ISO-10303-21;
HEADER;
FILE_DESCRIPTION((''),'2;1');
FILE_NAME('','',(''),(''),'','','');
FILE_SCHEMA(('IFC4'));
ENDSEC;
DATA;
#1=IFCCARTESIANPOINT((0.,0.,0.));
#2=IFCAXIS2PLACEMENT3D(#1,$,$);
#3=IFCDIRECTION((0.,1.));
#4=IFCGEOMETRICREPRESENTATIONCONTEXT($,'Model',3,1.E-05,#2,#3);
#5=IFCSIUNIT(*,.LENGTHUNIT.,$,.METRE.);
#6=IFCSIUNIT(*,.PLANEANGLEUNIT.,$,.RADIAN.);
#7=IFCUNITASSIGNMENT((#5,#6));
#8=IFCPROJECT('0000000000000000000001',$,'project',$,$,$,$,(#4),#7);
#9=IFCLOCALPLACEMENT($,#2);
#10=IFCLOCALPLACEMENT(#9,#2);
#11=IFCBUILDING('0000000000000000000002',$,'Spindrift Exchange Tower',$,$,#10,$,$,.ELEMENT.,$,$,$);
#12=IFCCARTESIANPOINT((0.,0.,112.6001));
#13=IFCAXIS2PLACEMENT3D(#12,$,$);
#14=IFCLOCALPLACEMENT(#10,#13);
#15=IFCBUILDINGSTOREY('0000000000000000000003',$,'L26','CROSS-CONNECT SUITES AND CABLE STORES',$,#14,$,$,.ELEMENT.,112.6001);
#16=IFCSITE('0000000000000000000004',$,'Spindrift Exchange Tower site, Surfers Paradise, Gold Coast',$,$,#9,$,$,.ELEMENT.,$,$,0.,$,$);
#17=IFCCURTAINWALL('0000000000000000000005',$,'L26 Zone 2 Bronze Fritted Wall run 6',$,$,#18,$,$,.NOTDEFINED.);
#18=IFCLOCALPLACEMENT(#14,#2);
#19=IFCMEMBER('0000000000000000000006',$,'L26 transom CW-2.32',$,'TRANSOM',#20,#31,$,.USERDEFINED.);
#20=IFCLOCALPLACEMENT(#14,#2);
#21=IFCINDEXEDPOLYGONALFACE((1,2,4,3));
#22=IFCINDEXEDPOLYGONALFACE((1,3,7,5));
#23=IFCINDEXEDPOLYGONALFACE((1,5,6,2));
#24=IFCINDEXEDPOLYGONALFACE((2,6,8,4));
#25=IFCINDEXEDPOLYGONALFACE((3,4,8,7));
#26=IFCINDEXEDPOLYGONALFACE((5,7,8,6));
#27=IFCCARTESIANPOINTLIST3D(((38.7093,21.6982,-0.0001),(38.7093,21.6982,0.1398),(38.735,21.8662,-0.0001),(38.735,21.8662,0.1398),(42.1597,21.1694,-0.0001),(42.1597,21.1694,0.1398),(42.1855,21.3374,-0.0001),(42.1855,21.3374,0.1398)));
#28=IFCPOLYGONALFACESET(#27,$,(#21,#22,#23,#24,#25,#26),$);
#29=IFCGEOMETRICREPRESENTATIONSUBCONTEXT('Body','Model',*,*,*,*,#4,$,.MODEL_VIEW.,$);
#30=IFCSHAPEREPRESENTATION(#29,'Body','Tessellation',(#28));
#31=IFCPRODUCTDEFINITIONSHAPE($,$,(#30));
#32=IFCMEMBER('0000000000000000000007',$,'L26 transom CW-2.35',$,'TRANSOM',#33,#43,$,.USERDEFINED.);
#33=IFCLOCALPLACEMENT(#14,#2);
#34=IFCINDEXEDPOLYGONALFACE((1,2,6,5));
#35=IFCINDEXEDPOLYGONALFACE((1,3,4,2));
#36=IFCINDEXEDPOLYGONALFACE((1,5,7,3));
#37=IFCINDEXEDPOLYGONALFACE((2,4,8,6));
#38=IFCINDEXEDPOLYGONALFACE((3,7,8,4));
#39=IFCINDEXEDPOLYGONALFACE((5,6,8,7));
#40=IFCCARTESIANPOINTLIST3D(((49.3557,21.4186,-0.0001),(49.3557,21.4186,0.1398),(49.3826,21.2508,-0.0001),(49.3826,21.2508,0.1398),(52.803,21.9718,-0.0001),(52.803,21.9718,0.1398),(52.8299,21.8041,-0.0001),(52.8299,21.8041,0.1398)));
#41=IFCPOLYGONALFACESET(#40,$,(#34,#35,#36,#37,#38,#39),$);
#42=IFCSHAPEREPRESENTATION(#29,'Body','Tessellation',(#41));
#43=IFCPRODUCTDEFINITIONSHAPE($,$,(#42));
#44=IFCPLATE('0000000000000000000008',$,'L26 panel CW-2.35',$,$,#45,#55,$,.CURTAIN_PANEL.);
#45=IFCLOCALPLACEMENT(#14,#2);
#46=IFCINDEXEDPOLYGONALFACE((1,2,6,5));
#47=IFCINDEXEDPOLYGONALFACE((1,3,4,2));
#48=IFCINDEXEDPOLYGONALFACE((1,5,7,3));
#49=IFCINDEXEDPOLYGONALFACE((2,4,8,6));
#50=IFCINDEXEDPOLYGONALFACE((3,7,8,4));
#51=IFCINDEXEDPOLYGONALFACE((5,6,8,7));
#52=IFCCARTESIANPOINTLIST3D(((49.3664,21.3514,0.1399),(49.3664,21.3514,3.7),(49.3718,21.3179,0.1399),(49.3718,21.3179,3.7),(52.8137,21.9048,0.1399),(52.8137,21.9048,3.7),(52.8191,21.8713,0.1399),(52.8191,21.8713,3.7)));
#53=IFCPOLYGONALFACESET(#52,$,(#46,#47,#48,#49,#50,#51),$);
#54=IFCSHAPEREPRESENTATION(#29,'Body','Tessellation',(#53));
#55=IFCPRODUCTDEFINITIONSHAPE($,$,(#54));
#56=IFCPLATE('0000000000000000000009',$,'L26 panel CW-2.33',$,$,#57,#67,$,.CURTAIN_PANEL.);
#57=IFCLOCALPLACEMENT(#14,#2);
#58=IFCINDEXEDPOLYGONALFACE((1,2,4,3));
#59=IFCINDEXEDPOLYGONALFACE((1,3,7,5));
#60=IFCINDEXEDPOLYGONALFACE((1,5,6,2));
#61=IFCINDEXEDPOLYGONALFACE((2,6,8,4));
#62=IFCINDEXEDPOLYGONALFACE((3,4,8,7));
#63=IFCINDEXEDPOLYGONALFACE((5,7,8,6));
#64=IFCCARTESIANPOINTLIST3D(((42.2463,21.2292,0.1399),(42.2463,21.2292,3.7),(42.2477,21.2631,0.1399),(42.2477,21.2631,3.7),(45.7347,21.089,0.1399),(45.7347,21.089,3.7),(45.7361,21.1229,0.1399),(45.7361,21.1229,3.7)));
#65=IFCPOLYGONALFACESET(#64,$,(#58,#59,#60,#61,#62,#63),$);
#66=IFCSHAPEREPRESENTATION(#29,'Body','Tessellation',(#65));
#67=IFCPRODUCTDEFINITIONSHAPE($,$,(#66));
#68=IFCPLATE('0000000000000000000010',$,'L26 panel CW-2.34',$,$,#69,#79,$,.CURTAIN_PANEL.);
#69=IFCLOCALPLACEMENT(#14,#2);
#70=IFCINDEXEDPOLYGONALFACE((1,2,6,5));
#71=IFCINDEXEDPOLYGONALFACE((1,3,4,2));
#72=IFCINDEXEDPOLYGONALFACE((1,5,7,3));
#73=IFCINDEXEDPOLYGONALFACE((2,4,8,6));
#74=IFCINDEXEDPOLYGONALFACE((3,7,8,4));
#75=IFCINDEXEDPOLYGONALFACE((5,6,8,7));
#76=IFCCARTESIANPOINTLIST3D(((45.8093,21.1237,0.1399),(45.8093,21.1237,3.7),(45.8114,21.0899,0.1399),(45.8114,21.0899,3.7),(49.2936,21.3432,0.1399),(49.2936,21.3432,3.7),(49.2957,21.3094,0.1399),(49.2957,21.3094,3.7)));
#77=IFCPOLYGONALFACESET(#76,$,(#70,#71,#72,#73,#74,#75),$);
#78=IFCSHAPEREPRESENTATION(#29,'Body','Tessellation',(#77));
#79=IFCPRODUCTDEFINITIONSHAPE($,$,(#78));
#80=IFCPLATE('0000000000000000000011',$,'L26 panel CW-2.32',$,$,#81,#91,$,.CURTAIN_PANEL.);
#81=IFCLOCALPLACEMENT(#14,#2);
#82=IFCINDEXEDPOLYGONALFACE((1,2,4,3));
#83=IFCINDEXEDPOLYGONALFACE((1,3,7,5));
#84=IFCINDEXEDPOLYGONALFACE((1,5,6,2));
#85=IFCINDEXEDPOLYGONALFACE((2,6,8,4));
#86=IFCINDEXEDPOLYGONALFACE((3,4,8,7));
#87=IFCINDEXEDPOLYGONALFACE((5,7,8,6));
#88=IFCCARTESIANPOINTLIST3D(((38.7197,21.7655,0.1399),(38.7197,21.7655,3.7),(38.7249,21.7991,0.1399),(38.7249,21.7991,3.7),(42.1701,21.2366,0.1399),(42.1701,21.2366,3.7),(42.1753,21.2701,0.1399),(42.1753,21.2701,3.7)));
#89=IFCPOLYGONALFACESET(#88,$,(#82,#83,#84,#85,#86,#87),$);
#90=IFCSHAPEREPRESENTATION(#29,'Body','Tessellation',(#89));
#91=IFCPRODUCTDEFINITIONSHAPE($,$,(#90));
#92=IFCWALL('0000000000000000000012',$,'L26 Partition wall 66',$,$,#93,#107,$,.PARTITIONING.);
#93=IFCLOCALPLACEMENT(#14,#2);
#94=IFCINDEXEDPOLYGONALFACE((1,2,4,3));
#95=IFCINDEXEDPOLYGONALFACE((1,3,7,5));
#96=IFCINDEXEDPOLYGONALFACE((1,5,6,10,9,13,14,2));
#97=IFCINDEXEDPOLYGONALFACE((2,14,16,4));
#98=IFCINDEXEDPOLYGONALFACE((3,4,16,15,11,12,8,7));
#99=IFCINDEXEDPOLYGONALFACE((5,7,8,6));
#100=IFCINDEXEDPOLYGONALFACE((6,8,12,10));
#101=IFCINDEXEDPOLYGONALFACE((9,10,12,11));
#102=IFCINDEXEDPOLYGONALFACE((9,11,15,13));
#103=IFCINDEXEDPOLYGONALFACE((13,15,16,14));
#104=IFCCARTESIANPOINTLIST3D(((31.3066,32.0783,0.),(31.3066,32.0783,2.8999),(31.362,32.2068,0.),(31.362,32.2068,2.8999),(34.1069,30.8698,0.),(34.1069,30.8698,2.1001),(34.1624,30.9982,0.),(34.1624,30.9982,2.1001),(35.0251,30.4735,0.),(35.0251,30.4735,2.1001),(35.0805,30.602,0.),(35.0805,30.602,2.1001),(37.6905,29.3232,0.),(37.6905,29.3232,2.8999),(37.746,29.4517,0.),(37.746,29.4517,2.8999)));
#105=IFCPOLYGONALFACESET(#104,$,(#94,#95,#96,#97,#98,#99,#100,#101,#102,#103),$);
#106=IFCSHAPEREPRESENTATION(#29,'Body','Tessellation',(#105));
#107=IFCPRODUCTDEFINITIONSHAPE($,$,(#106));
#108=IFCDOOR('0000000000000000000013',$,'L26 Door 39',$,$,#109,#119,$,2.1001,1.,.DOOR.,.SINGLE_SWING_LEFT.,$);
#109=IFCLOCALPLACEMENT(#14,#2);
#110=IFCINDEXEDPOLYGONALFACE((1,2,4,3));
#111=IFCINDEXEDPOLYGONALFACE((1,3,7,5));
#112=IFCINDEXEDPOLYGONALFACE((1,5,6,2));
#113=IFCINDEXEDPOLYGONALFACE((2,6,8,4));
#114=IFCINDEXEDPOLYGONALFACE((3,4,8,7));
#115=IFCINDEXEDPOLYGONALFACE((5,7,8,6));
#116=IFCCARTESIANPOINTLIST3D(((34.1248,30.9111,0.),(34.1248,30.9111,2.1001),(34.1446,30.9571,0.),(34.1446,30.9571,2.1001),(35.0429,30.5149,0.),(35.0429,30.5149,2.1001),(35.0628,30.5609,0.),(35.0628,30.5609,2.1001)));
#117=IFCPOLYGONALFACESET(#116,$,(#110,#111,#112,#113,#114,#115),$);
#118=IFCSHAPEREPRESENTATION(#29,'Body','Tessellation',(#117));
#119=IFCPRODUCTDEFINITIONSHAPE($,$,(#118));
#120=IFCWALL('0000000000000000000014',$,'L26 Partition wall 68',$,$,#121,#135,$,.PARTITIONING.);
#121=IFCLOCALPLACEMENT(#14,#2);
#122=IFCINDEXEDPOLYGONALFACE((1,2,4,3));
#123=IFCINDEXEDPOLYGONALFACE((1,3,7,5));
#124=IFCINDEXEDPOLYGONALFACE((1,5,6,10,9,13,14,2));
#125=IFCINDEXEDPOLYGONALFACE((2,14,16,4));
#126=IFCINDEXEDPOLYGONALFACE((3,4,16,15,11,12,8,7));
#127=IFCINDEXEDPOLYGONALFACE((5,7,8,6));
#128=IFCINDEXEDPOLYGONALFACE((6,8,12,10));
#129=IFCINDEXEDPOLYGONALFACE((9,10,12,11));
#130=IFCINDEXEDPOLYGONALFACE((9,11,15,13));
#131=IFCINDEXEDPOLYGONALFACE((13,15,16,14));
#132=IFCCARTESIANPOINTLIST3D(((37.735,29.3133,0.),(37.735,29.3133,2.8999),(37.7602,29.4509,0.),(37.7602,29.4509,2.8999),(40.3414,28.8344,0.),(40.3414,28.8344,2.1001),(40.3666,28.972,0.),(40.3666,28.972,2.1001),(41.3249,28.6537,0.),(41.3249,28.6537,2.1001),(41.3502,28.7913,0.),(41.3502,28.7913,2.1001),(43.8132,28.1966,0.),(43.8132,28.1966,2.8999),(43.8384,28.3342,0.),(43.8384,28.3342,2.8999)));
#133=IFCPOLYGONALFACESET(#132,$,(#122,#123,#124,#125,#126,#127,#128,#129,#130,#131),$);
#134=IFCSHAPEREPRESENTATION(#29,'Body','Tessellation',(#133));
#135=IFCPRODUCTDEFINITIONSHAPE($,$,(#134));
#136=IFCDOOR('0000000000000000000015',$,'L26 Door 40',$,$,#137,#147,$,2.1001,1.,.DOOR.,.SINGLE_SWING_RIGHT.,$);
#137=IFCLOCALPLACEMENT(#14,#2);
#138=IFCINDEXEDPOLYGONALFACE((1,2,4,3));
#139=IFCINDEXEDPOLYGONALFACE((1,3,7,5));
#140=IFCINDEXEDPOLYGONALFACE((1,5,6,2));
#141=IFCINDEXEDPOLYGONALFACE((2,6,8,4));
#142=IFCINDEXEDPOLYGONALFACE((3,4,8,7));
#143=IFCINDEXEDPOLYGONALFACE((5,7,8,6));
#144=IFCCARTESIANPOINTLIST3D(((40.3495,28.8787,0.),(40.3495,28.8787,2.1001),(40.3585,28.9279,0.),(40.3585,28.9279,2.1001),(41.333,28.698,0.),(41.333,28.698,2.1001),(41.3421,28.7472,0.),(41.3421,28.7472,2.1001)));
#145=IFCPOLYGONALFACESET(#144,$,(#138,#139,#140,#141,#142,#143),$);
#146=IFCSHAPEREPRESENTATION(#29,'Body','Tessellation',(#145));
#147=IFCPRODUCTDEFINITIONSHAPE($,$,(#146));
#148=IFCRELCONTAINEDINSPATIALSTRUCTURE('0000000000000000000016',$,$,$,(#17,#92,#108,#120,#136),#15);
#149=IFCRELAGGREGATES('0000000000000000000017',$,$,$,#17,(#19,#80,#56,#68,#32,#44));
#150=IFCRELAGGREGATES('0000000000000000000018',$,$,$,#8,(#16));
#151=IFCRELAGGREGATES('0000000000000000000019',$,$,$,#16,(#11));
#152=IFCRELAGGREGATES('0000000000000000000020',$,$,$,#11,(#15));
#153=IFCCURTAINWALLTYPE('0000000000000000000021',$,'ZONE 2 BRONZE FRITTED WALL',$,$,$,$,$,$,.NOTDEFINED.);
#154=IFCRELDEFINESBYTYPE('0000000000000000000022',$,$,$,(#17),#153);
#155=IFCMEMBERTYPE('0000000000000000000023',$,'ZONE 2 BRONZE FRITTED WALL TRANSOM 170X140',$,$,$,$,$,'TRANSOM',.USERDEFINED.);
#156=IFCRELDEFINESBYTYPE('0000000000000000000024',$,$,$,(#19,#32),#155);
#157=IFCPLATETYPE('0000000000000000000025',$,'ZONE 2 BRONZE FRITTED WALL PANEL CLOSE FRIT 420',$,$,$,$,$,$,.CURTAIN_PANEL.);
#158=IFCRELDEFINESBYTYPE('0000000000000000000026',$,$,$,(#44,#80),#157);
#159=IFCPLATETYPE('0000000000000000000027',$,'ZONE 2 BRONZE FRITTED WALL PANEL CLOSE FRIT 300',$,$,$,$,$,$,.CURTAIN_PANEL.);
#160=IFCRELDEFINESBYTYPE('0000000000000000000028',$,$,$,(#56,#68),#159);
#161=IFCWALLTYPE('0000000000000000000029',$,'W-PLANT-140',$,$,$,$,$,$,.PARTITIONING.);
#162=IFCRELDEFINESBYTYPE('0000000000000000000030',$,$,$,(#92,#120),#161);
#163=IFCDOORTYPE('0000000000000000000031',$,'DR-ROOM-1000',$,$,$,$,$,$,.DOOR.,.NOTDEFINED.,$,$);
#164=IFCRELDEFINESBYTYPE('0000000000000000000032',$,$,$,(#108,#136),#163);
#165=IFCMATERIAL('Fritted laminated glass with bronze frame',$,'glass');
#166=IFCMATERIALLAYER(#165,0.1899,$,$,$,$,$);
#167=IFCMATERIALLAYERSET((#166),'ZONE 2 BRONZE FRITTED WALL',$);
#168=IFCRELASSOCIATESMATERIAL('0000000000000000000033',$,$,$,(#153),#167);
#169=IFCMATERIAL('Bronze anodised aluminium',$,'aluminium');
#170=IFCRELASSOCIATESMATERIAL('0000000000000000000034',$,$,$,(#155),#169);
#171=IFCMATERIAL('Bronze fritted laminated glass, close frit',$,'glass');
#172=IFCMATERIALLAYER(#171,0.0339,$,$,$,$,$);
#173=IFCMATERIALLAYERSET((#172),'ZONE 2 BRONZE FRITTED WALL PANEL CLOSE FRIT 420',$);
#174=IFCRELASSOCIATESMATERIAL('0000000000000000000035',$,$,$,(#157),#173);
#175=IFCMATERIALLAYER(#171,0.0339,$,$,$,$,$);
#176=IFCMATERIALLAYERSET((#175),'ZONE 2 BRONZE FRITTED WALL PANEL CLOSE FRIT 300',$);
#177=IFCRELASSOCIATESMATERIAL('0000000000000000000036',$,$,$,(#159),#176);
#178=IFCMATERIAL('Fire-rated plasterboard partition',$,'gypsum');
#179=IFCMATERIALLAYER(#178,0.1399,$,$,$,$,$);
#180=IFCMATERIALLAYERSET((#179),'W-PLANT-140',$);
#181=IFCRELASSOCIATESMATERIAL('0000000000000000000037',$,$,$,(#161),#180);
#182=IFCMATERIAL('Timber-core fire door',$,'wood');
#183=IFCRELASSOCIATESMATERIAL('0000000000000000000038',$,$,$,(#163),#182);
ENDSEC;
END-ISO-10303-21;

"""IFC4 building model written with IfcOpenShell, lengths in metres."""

from ifc_helpers import new_model, si_unit, direction, frame, frame_2d, origin, origin_2d, place, context, subcontext, project, spatial, rectangle, extrude, source, transform, mapped, material, layer, layer_set, material_profile, profile_set, type_object, element, fill, aggregate, save


model = new_model("IFC4")

# Units and contexts
model_context = context("Model", 3, precision=1e-05, world=origin(), true_north=direction((0.0, 1.0)))
body_context = subcontext(model_context, "Body", "Model", "MODEL_VIEW")
ifc_project = project(units=[si_unit("LENGTHUNIT", "METRE"), si_unit("PLANEANGLEUNIT", "RADIAN")], contexts=[model_context])

# Site, building, storey
site_placement = place(None, origin())
site = spatial("IfcSite", under=ifc_project, at=site_placement, Name="Spindrift Exchange Tower site, Surfers Paradise, Gold Coast", CompositionType="ELEMENT", RefElevation=0.0)
building_placement = place(site_placement, origin())
building = spatial("IfcBuilding", under=site, at=building_placement, Name="Spindrift Exchange Tower", CompositionType="ELEMENT")
storey_placement = place(building_placement, frame((0.0, 0.0, 112.6001)))
storey = spatial("IfcBuildingStorey", under=building, at=storey_placement, Name="L26", Description="CROSS-CONNECT SUITES AND CABLE STORES", CompositionType="ELEMENT", Elevation=112.6001)

# Curtain wall, members, plates
ifc_material_1 = material(Name="Fritted laminated glass with bronze frame", Category="glass")
ifc_layer_1 = layer(ifc_material_1, 0.1899)
ifc_layer_set_1 = layer_set([ifc_layer_1], Name="ZONE 2 BRONZE FRITTED WALL")
curtain_wall_type = type_object("IfcCurtainWallType", Name="ZONE 2 BRONZE FRITTED WALL", PredefinedType="NOTDEFINED", material=ifc_layer_set_1)
curtain_wall_placement = place(storey_placement, origin())
curtain_wall = element("IfcCurtainWall", 1, at=curtain_wall_placement, inside=storey, type_object=curtain_wall_type, Name="L26 Zone 2 Bronze Fritted Wall run 6", PredefinedType="NOTDEFINED")
ifc_material_2 = material(Name="Bronze anodised aluminium", Category="aluminium")
ifc_material_profile_1 = material_profile(ifc_material_2, rectangle(XDim=0.1699, YDim=0.1399, at=origin_2d()), Name="ZONE 2 BRONZE FRITTED WALL TRANSOM 170X140")
ifc_profile_set_1 = profile_set([ifc_material_profile_1], Name="Bronze anodised aluminium")
member_type_1 = type_object("IfcMemberType", Name="ZONE 2 BRONZE FRITTED WALL TRANSOM 170X140", ElementType="TRANSOM", PredefinedType="USERDEFINED", material=ifc_profile_set_1)
shared_shape_1 = source(origin(), body_context, "Body", "SweptSolid", [
    extrude(rectangle(XDim=0.1699, YDim=0.1399, at=origin_2d()), origin(), (0.0, 0.0, 1.0), 3.4907),
])
member_1_placement = place(storey_placement, frame((38.7222, 21.7822, 0.0698), z_axis=(0.988459, -0.15149, 0.0), x_axis=(0.15149, 0.988459, 0.0)))
member_1 = element("IfcMember", 2, at=member_1_placement, type_object=member_type_1, Name="L26 transom CW-2.32", ObjectType="TRANSOM", PredefinedType="USERDEFINED", context=body_context, shape_type="MappedRepresentation", body=[
    mapped(shared_shape_1, transform((0.0, 0.0, 0.0), scale=1.0)),
])
shared_shape_2 = source(origin(), body_context, "Body", "SweptSolid", [
    extrude(rectangle(XDim=0.1699, YDim=0.1399, at=origin_2d()), origin(), (0.0, 0.0, 1.0), 3.4915),
])
member_2_placement = place(storey_placement, frame((49.3691, 21.3347, 0.0698), z_axis=(0.987366, 0.158454, 0.0), x_axis=(-0.158454, 0.987366, 0.0)))
member_2 = element("IfcMember", 3, at=member_2_placement, type_object=member_type_1, Name="L26 transom CW-2.35", ObjectType="TRANSOM", PredefinedType="USERDEFINED", context=body_context, shape_type="MappedRepresentation", body=[
    mapped(shared_shape_2, transform((0.0, 0.0, 0.0), scale=1.0)),
])
ifc_material_3 = material(Name="Bronze fritted laminated glass, close frit", Category="glass")
ifc_layer_2 = layer(ifc_material_3, 0.0339)
ifc_layer_set_2 = layer_set([ifc_layer_2], Name="ZONE 2 BRONZE FRITTED WALL PANEL CLOSE FRIT 420")
plate_type_1 = type_object("IfcPlateType", Name="ZONE 2 BRONZE FRITTED WALL PANEL CLOSE FRIT 420", PredefinedType="CURTAIN_PANEL", material=ifc_layer_set_2)
shared_shape_3 = source(origin(), body_context, "Body", "SweptSolid", [
    extrude(rectangle(XDim=3.4915, YDim=0.0339, at=origin_2d()), origin(), (0.0, 0.0, 1.0), 3.5601),
])
plate_1_placement = place(storey_placement, frame((51.0928, 21.6113, 0.1399), z_axis=(0.0, 0.0, 1.0), x_axis=(0.987359, 0.158503, 0.0)))
plate_1 = element("IfcPlate", 4, at=plate_1_placement, type_object=plate_type_1, Name="L26 panel CW-2.35", PredefinedType="CURTAIN_PANEL", context=body_context, shape_type="MappedRepresentation", body=[
    mapped(shared_shape_3, transform((0.0, 0.0, 0.0), scale=1.0)),
])
ifc_layer_3 = layer(ifc_material_3, 0.0339)
ifc_layer_set_3 = layer_set([ifc_layer_3], Name="ZONE 2 BRONZE FRITTED WALL PANEL CLOSE FRIT 300")
plate_type_2 = type_object("IfcPlateType", Name="ZONE 2 BRONZE FRITTED WALL PANEL CLOSE FRIT 300", PredefinedType="CURTAIN_PANEL", material=ifc_layer_set_3)
shared_shape_4 = source(origin(), body_context, "Body", "SweptSolid", [
    extrude(rectangle(XDim=3.4912, YDim=0.0339, at=origin_2d()), origin(), (0.0, 0.0, 1.0), 3.5601),
])
plate_2_placement = place(storey_placement, frame((43.9912, 21.176, 0.1399), z_axis=(0.0, 0.0, 1.0), x_axis=(0.999193, -0.040156, 0.0)))
plate_2 = element("IfcPlate", 5, at=plate_2_placement, type_object=plate_type_2, Name="L26 panel CW-2.33", PredefinedType="CURTAIN_PANEL", context=body_context, shape_type="MappedRepresentation", body=[
    mapped(shared_shape_4, transform((0.0, 0.0, 0.0), scale=1.0)),
])
plate_3_placement = place(storey_placement, frame((47.5525, 21.2166, 0.1399), z_axis=(0.0, 0.0, 1.0), x_axis=(0.998022, 0.062867, 0.0)))
plate_3 = element("IfcPlate", 6, at=plate_3_placement, type_object=plate_type_2, Name="L26 panel CW-2.34", PredefinedType="CURTAIN_PANEL", context=body_context, shape_type="MappedRepresentation", body=[
    mapped(shared_shape_4, transform((0.0, 0.0, 0.0), scale=1.0)),
])
shared_shape_5 = source(origin(), body_context, "Body", "SweptSolid", [
    extrude(rectangle(XDim=3.4907, YDim=0.0339, at=origin_2d()), origin(), (0.0, 0.0, 1.0), 3.5601),
])
plate_4_placement = place(storey_placement, frame((40.4475, 21.5178, 0.1399), z_axis=(0.0, 0.0, 1.0), x_axis=(0.988453, -0.151528, 0.0)))
plate_4 = element("IfcPlate", 7, at=plate_4_placement, type_object=plate_type_1, Name="L26 panel CW-2.32", PredefinedType="CURTAIN_PANEL", context=body_context, shape_type="MappedRepresentation", body=[
    mapped(shared_shape_5, transform((0.0, 0.0, 0.0), scale=1.0)),
])
aggregate(curtain_wall, [member_1, plate_4, plate_2, plate_3, member_2, plate_1])

# Walls, openings, doors
ifc_material_4 = material(Name="Fire-rated plasterboard partition", Category="gypsum")
ifc_layer_4 = layer(ifc_material_4, 0.1399)
ifc_layer_set_4 = layer_set([ifc_layer_4], Name="W-PLANT-140")
wall_type = type_object("IfcWallType", Name="W-PLANT-140", PredefinedType="PARTITIONING", material=ifc_layer_set_4)
wall_1_placement = place(storey_placement, frame((37.7183, 29.3875, 0.0), z_axis=(0.0, 0.0, 1.0), x_axis=(-0.918147, 0.39624, 0.0)))
wall_1 = element("IfcWall", 8, at=wall_1_placement, inside=storey, type_object=wall_type, Name="L26 Partition wall 66", PredefinedType="PARTITIONING", context=body_context, shape_type="SweptSolid", body=[
    extrude(rectangle(XDim=6.9531, YDim=0.1399, at=frame_2d((3.4766, 0.0))), origin(), (0.0, 0.0, 1.0), 2.8999),
])
opening_1_placement = place(wall_1_placement, frame((2.9031, 0.0, 0.0)))
opening_1 = element("IfcOpeningElement", 9, at=opening_1_placement, cuts=wall_1, PredefinedType="OPENING", context=body_context, shape_type="SweptSolid", body=[
    extrude(rectangle(XDim=1.0, YDim=2.1001, at=frame_2d((0.5, 1.05))), frame((0.0, 0.0798, 0.0), z_axis=(0.0, -1.0, 0.0), x_axis=(1.0, 0.0, 0.0)), (0.0, 0.0, 1.0), 0.1599),
])
ifc_material_5 = material(Name="Timber-core fire door", Category="wood")
door_type = type_object("IfcDoorType", Name="DR-ROOM-1000", OperationType="NOTDEFINED", PredefinedType="DOOR", material=ifc_material_5)
shared_shape_6 = source(origin(), body_context, "Body", "SweptSolid", [
    extrude(rectangle(XDim=1.0, YDim=2.1001, at=frame_2d((0.5, 1.05))), frame((0.0, 0.0249, 0.0), z_axis=(0.0, -1.0, 0.0), x_axis=(1.0, 0.0, 0.0)), (0.0, 0.0, 1.0), 0.05),
])
door_1_placement = place(opening_1_placement, origin())
door_1 = element("IfcDoor", 10, at=door_1_placement, inside=storey, type_object=door_type, Name="L26 Door 39", OperationType="SINGLE_SWING_LEFT", OverallHeight=2.1001, OverallWidth=1.0, PredefinedType="DOOR", context=body_context, shape_type="MappedRepresentation", body=[
    mapped(shared_shape_6, transform((0.0, 0.0, 0.0), scale=1.0)),
])
fill(opening_1, door_1)
wall_2_placement = place(storey_placement, frame((43.8257, 28.2654, 0.0), z_axis=(0.0, 0.0, 1.0), x_axis=(-0.983538, 0.1807, 0.0)))
wall_2 = element("IfcWall", 11, at=wall_2_placement, inside=storey, type_object=wall_type, Name="L26 Partition wall 68", PredefinedType="PARTITIONING", context=body_context, shape_type="SweptSolid", body=[
    extrude(rectangle(XDim=6.1799, YDim=0.1399, at=frame_2d((3.0898, 0.0))), origin(), (0.0, 0.0, 1.0), 2.8999),
])
opening_2_placement = place(wall_2_placement, frame((2.5298, 0.0, 0.0)))
opening_2 = element("IfcOpeningElement", 12, at=opening_2_placement, cuts=wall_2, PredefinedType="OPENING", context=body_context, shape_type="SweptSolid", body=[
    extrude(rectangle(XDim=1.0, YDim=2.1001, at=frame_2d((0.5, 1.05))), frame((0.0, 0.0798, 0.0), z_axis=(0.0, -1.0, 0.0), x_axis=(1.0, 0.0, 0.0)), (0.0, 0.0, 1.0), 0.1599),
])
door_2_placement = place(opening_2_placement, origin())
door_2 = element("IfcDoor", 13, at=door_2_placement, inside=storey, type_object=door_type, Name="L26 Door 40", OperationType="SINGLE_SWING_RIGHT", OverallHeight=2.1001, OverallWidth=1.0, PredefinedType="DOOR", context=body_context, shape_type="MappedRepresentation", body=[
    mapped(shared_shape_6, transform((0.0, 0.0, 0.0), scale=1.0)),
])
fill(opening_2, door_2)

save(model, "model.ifc")
